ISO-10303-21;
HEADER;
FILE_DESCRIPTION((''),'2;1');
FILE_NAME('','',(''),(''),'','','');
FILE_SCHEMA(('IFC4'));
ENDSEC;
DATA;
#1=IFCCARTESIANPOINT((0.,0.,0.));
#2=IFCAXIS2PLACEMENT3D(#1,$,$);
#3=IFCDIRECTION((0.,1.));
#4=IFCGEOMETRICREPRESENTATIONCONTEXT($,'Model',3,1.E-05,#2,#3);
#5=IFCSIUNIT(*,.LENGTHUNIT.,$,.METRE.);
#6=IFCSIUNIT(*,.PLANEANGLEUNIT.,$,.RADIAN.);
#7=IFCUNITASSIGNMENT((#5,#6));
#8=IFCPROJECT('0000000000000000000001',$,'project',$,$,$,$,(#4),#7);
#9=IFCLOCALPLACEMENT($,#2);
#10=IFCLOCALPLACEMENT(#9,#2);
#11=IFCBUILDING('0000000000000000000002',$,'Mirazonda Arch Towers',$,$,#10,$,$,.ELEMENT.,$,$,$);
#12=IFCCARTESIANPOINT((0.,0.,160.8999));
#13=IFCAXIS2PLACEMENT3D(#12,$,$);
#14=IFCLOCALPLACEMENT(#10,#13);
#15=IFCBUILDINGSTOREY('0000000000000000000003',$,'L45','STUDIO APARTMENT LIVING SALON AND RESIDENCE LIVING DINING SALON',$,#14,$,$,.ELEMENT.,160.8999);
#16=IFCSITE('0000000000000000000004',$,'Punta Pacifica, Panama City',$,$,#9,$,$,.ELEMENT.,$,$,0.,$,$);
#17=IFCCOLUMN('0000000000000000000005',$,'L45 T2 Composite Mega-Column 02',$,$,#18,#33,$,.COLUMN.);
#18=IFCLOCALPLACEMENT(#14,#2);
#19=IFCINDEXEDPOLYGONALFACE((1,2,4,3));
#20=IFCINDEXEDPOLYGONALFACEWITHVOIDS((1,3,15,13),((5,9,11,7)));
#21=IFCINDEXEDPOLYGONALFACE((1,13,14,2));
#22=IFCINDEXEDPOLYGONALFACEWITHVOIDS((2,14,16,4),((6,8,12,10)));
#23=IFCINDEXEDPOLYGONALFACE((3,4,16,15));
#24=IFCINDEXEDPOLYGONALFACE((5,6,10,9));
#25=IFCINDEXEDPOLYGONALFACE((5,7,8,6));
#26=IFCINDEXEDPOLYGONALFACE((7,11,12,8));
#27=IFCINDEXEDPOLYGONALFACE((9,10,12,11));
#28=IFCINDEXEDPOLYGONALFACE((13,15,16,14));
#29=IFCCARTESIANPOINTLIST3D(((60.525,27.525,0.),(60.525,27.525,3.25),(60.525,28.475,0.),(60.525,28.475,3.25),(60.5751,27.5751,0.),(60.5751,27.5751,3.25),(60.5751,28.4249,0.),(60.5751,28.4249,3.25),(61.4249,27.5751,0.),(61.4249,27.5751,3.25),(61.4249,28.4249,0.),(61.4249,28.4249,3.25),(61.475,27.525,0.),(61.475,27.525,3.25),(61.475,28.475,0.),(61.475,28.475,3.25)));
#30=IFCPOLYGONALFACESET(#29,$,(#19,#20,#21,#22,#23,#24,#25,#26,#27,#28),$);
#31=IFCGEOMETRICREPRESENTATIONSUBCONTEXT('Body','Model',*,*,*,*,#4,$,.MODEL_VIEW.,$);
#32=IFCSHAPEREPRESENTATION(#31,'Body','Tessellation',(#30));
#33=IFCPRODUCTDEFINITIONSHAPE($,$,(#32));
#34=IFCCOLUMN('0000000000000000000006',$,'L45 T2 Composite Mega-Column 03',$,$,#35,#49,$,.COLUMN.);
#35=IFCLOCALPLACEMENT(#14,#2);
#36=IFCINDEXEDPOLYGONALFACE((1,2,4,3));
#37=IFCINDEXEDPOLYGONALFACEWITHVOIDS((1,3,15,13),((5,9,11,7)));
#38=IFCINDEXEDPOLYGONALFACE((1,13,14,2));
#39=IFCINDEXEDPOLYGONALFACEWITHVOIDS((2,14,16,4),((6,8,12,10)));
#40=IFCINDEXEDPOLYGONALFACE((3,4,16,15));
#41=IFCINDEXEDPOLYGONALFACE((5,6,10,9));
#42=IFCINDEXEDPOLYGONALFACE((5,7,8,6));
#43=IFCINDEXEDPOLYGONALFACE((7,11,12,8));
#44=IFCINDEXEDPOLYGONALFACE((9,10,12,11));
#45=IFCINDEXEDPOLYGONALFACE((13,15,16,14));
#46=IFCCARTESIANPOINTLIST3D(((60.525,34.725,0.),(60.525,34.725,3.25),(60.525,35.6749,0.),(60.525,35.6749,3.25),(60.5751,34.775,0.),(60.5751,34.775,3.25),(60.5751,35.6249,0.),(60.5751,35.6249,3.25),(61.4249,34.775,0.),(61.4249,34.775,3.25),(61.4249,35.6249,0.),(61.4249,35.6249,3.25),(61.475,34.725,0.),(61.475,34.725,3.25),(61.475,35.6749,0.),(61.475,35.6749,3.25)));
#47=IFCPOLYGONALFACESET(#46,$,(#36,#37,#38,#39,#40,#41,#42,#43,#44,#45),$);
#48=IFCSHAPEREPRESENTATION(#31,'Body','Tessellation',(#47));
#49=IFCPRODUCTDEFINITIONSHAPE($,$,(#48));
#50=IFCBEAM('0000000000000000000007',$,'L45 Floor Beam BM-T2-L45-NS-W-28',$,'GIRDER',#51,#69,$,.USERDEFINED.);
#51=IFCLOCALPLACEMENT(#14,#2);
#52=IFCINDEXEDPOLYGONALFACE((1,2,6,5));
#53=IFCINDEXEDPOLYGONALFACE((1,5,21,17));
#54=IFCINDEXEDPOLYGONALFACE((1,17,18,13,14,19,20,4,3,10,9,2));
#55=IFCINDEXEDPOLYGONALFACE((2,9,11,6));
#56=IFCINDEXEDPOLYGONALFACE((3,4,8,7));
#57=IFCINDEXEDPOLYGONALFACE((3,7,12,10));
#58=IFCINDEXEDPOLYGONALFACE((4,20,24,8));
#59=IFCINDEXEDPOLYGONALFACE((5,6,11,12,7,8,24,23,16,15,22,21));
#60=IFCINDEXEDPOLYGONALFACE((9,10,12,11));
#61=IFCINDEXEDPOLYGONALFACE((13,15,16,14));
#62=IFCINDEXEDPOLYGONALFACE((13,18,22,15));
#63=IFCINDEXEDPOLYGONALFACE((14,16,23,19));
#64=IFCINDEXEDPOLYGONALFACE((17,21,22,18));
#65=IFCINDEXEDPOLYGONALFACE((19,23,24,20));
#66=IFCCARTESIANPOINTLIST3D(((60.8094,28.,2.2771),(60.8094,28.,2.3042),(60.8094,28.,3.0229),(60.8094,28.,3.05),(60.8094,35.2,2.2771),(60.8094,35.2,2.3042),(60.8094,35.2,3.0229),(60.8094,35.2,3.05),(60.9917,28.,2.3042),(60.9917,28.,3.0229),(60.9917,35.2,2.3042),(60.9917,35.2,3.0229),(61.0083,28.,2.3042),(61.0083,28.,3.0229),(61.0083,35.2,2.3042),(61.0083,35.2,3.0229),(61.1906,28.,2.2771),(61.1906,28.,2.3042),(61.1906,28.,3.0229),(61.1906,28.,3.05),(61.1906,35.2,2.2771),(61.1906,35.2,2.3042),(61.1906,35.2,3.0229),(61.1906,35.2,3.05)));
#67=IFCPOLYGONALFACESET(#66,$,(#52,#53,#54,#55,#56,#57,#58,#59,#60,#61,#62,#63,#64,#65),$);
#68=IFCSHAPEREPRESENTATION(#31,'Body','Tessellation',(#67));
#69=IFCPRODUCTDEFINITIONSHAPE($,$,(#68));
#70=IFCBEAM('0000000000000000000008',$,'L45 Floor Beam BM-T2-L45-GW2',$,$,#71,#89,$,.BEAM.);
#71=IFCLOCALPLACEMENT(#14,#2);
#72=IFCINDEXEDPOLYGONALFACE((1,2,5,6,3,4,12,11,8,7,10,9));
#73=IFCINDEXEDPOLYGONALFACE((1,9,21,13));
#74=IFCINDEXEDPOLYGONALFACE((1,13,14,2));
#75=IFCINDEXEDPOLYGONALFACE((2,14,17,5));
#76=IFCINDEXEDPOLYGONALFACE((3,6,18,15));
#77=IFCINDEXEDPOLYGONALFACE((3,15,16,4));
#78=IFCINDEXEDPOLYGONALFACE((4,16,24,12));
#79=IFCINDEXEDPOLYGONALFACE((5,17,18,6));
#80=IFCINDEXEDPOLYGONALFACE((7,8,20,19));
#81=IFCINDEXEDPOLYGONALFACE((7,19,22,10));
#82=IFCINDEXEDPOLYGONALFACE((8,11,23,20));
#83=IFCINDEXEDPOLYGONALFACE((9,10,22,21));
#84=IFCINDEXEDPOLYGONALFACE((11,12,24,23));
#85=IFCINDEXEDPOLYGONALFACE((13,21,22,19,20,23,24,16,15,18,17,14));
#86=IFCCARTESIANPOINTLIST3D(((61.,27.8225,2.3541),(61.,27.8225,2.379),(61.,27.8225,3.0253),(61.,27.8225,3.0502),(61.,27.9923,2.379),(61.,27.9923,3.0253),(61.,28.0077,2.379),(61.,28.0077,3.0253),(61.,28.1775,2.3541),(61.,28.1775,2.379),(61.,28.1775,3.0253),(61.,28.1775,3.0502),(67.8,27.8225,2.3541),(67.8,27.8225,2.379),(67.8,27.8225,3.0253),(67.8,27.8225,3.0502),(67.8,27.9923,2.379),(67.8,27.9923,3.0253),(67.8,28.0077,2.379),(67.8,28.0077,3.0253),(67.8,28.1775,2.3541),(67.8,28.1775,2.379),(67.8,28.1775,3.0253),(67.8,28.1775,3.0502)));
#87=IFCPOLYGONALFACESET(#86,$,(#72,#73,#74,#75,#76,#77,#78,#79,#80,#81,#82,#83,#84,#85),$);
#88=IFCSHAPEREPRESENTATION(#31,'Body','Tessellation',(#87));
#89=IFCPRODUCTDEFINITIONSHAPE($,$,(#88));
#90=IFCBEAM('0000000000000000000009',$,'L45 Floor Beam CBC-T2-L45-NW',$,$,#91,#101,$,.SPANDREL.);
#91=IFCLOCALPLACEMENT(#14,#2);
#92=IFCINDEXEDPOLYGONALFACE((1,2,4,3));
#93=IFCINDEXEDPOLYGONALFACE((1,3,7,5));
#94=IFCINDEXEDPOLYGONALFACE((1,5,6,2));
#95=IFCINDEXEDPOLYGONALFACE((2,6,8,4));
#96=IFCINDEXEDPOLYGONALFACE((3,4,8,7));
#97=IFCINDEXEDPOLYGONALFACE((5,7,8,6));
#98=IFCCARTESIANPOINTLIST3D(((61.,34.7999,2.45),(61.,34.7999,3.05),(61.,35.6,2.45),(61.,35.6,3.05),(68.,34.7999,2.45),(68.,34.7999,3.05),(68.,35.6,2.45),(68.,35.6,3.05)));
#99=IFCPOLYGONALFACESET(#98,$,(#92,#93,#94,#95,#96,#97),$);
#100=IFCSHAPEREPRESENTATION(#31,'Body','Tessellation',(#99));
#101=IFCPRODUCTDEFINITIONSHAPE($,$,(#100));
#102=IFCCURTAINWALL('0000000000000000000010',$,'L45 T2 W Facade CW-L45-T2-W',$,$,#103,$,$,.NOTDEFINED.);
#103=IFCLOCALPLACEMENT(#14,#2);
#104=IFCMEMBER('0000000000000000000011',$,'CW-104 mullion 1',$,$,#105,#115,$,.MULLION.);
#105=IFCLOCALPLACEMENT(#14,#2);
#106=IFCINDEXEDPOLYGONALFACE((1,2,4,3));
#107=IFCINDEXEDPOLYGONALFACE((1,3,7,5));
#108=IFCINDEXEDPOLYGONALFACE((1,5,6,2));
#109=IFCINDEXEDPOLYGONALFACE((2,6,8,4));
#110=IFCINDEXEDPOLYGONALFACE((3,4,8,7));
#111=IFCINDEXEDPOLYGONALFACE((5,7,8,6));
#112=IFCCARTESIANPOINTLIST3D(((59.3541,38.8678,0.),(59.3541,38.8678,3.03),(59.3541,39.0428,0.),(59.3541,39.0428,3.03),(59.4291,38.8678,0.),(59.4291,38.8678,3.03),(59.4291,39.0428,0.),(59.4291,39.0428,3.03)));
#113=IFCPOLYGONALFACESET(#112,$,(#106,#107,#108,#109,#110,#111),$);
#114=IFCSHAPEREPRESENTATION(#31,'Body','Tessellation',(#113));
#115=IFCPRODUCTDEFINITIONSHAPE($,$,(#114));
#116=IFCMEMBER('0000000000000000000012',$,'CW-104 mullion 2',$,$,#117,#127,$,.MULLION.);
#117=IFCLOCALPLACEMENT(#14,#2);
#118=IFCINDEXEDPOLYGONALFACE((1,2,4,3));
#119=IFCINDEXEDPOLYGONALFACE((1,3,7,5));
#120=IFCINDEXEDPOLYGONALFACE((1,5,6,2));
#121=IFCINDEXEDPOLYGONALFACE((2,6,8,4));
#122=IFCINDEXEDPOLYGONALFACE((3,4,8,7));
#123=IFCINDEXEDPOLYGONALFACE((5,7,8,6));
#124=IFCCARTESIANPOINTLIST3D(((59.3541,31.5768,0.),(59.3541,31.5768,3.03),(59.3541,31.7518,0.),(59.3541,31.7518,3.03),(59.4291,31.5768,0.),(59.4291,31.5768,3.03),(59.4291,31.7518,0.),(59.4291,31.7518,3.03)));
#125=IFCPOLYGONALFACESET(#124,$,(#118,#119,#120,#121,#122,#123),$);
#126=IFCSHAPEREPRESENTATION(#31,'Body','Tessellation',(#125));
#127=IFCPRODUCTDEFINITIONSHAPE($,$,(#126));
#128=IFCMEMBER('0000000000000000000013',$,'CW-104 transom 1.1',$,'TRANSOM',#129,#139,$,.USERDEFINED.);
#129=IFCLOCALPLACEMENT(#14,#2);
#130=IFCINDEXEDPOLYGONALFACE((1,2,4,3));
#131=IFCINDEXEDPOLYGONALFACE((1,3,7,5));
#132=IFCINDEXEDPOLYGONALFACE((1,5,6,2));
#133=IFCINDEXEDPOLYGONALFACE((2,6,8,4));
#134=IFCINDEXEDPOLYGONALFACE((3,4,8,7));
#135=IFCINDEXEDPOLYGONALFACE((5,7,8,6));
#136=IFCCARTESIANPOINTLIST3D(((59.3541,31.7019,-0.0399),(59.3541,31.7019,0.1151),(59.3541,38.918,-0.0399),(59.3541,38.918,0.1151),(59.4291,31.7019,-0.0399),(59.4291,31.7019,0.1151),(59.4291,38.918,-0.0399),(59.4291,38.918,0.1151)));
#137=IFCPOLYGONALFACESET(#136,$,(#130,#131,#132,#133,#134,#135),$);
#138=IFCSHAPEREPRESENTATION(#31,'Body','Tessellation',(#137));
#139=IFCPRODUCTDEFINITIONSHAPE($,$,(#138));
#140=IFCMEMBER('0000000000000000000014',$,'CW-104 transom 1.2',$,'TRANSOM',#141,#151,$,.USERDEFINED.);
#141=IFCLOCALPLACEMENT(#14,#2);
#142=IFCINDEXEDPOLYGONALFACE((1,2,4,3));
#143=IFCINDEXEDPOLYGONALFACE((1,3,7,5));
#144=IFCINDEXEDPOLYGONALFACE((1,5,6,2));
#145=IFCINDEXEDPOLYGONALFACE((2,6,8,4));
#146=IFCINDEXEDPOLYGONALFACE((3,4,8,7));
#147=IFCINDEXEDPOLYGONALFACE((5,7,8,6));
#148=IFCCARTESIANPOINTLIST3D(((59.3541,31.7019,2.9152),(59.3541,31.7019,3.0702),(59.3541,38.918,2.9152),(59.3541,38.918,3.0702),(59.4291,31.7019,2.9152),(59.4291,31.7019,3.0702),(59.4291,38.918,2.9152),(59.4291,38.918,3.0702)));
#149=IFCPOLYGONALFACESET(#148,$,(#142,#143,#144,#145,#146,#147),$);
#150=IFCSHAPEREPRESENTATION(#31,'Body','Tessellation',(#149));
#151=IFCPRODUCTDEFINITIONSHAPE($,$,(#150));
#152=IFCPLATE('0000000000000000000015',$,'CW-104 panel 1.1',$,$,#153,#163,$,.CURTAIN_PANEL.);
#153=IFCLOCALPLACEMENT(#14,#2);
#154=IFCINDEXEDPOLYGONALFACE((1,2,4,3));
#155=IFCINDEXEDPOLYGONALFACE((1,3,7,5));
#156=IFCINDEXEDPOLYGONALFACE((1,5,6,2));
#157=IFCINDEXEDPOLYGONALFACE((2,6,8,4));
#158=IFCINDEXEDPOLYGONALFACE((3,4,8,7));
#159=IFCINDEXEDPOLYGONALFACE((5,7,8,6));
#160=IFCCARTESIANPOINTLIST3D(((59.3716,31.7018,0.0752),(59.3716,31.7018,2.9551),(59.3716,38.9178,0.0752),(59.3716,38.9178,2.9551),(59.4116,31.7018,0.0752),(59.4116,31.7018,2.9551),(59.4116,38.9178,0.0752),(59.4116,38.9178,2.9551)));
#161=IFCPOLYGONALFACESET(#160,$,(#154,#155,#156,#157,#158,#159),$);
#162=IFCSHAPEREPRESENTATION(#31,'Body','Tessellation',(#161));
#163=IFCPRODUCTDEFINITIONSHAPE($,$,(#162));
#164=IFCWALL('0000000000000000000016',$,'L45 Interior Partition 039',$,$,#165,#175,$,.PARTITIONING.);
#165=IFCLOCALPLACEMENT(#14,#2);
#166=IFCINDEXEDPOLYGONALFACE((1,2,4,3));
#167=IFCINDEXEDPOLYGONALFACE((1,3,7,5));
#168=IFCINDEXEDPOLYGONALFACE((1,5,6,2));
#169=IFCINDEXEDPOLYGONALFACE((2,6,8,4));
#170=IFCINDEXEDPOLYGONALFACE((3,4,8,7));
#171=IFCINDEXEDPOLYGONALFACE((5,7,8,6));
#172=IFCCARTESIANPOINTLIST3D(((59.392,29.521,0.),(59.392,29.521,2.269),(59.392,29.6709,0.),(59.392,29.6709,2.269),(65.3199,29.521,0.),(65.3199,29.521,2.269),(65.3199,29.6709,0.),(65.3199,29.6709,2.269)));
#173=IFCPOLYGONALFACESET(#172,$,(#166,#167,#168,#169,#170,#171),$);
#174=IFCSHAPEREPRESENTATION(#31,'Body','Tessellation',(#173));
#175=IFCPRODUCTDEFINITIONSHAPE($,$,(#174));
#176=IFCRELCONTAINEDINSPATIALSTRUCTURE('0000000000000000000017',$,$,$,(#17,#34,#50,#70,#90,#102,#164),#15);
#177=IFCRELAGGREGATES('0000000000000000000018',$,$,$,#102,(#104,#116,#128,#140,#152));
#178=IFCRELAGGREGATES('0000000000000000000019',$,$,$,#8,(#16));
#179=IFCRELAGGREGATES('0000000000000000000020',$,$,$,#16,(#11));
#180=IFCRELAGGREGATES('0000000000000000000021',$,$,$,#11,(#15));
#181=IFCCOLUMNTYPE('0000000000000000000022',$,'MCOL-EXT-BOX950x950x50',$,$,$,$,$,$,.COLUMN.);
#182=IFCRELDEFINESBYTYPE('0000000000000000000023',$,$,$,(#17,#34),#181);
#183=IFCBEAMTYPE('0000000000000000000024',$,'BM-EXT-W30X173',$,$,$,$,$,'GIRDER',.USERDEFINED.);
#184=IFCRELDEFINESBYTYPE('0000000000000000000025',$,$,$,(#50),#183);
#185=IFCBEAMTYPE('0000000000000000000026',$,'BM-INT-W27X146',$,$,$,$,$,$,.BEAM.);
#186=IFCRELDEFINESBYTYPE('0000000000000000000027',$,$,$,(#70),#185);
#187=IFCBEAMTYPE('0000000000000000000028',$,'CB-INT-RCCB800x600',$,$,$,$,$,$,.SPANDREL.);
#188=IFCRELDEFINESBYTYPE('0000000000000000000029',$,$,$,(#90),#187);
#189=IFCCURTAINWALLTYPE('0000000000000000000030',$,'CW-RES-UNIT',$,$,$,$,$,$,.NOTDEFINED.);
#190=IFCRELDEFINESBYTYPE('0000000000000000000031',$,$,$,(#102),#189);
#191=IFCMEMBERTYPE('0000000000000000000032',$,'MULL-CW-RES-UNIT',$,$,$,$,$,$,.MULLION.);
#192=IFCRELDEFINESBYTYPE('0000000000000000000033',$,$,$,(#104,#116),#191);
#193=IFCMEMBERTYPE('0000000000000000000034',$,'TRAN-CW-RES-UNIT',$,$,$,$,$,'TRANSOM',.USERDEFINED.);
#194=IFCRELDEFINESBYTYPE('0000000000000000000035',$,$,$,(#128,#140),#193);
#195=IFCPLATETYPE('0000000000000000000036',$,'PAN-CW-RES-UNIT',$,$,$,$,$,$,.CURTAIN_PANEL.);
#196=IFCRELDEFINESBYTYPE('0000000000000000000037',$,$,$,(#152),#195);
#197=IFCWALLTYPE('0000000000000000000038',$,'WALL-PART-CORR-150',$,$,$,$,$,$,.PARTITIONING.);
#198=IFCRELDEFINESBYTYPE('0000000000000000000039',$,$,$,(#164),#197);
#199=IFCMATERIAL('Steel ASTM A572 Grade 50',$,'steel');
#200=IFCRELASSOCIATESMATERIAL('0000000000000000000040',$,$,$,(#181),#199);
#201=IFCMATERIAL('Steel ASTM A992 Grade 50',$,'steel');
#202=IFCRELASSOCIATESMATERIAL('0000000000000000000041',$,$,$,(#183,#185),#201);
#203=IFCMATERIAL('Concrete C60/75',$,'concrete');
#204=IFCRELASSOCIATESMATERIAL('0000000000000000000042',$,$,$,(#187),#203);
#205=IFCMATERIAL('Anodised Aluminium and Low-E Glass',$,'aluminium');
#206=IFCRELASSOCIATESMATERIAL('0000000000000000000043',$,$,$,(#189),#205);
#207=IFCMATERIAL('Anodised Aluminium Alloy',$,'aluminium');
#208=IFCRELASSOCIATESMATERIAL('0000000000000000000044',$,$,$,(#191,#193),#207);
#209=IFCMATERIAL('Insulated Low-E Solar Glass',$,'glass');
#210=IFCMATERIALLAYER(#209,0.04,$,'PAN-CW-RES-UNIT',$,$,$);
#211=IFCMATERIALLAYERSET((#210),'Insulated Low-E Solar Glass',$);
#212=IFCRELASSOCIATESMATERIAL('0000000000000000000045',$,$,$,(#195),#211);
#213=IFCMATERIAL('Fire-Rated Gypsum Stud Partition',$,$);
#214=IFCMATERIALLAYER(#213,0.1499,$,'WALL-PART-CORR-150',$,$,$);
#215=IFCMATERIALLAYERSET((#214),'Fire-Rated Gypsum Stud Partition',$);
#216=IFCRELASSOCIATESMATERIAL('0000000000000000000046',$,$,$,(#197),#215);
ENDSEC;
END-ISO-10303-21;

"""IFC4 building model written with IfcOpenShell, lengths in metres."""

from ifc_helpers import new_model, si_unit, direction, frame, frame_2d, origin, origin_2d, place, context, subcontext, project, spatial, rectangle, hollow_rectangle, i_section, extrude, material, layer, layer_set, material_profile, profile_set, type_object, element, aggregate, save


model = new_model("IFC4")

# Units and contexts
model_context = context("Model", 3, precision=1e-05, world=origin(), true_north=direction((0.0, 1.0)))
body_context = subcontext(model_context, "Body", "Model", "MODEL_VIEW")
ifc_project = project(units=[si_unit("LENGTHUNIT", "METRE"), si_unit("PLANEANGLEUNIT", "RADIAN")], contexts=[model_context])

# Site, building, storey
site_placement = place(None, origin())
site = spatial("IfcSite", under=ifc_project, at=site_placement, Name="Punta Pacifica, Panama City", CompositionType="ELEMENT", RefElevation=0.0)
building_placement = place(site_placement, origin())
building = spatial("IfcBuilding", under=site, at=building_placement, Name="Mirazonda Arch Towers", CompositionType="ELEMENT")
storey_placement = place(building_placement, frame((0.0, 0.0, 160.8999)))
storey = spatial("IfcBuildingStorey", under=building, at=storey_placement, Name="L45", Description="STUDIO APARTMENT LIVING SALON AND RESIDENCE LIVING DINING SALON", CompositionType="ELEMENT", Elevation=160.8999)

# Columns
ifc_material_1 = material(Name="Steel ASTM A572 Grade 50", Category="steel")
ifc_material_profile_1 = material_profile(ifc_material_1, hollow_rectangle(XDim=0.95, YDim=0.95, WallThickness=0.05, at=origin_2d()), Name="BOX950x950x50")
ifc_profile_set_1 = profile_set([ifc_material_profile_1], Name="Steel ASTM A572 Grade 50")
column_type = type_object("IfcColumnType", Name="MCOL-EXT-BOX950x950x50", PredefinedType="COLUMN", material=ifc_profile_set_1)
for number, where, z_axis, x_axis, name in (
    (1, (61.0, 28.0, 0.0), (0.0, 0.0, 1.0), (1.0, 0.0, 0.0), "L45 T2 Composite Mega-Column 02"),
    (2, (61.0, 35.2, 0.0), (0.0, 0.0, 1.0), (1.0, 0.0, 0.0), "L45 T2 Composite Mega-Column 03"),
):
    element("IfcColumn", number, at=place(storey_placement, frame(where, z_axis=z_axis, x_axis=x_axis)), inside=storey, type_object=column_type, Name=name, PredefinedType="COLUMN", context=body_context, shape_type="SweptSolid", body=[
        extrude(hollow_rectangle(XDim=0.95, YDim=0.95, WallThickness=0.05, at=origin_2d()), origin(), (0.0, 0.0, 1.0), 3.25),
    ])

# Beams
ifc_material_2 = material(Name="Steel ASTM A992 Grade 50", Category="steel")
ifc_material_profile_2 = material_profile(ifc_material_2, i_section(OverallWidth=0.3811, OverallDepth=0.7729, WebThickness=0.0166, FlangeThickness=0.0271, at=origin_2d()), Name="W30X173")
ifc_profile_set_2 = profile_set([ifc_material_profile_2], Name="Steel ASTM A992 Grade 50")
beam_type_1 = type_object("IfcBeamType", Name="BM-EXT-W30X173", ElementType="GIRDER", PredefinedType="USERDEFINED", material=ifc_profile_set_2)
beam_1_placement = place(storey_placement, frame((61.0, 28.0, 2.6636), z_axis=(0.0, 1.0, 0.0), x_axis=(-1.0, 0.0, 0.0)))
element("IfcBeam", 3, at=beam_1_placement, inside=storey, type_object=beam_type_1, Name="L45 Floor Beam BM-T2-L45-NS-W-28", ObjectType="GIRDER", PredefinedType="USERDEFINED", context=body_context, shape_type="SweptSolid", body=[
    extrude(i_section(OverallWidth=0.3811, OverallDepth=0.7729, WebThickness=0.0166, FlangeThickness=0.0271, at=origin_2d()), origin(), (0.0, 0.0, 1.0), 7.2),
])
ifc_material_profile_3 = material_profile(ifc_material_2, i_section(OverallWidth=0.355, OverallDepth=0.696, WebThickness=0.0154, FlangeThickness=0.0249, at=origin_2d()), Name="W27X146")
ifc_profile_set_3 = profile_set([ifc_material_profile_3], Name="Steel ASTM A992 Grade 50")
beam_type_2 = type_object("IfcBeamType", Name="BM-INT-W27X146", PredefinedType="BEAM", material=ifc_profile_set_3)
beam_2_placement = place(storey_placement, frame((61.0, 28.0, 2.7021), z_axis=(1.0, 0.0, 0.0), x_axis=(0.0, 1.0, 0.0)))
element("IfcBeam", 4, at=beam_2_placement, inside=storey, type_object=beam_type_2, Name="L45 Floor Beam BM-T2-L45-GW2", PredefinedType="BEAM", context=body_context, shape_type="SweptSolid", body=[
    extrude(i_section(OverallWidth=0.355, OverallDepth=0.696, WebThickness=0.0154, FlangeThickness=0.0249, at=origin_2d()), origin(), (0.0, 0.0, 1.0), 6.8),
])
ifc_material_3 = material(Name="Concrete C60/75", Category="concrete")
ifc_material_profile_4 = material_profile(ifc_material_3, rectangle(XDim=0.8, YDim=0.6001, at=origin_2d()), Name="RCCB800x600")
ifc_profile_set_4 = profile_set([ifc_material_profile_4], Name="Concrete C60/75")
beam_type_3 = type_object("IfcBeamType", Name="CB-INT-RCCB800x600", PredefinedType="SPANDREL", material=ifc_profile_set_4)
beam_3_placement = place(storey_placement, frame((61.0, 35.2, 2.75), z_axis=(1.0, 0.0, 0.0), x_axis=(0.0, 1.0, 0.0)))
element("IfcBeam", 5, at=beam_3_placement, inside=storey, type_object=beam_type_3, Name="L45 Floor Beam CBC-T2-L45-NW", PredefinedType="SPANDREL", context=body_context, shape_type="SweptSolid", body=[
    extrude(rectangle(XDim=0.8, YDim=0.6001, at=origin_2d()), origin(), (0.0, 0.0, 1.0), 7.0),
])

# Curtain wall, members, plate
ifc_material_4 = material(Name="Anodised Aluminium and Low-E Glass", Category="aluminium")
curtain_wall_type = type_object("IfcCurtainWallType", Name="CW-RES-UNIT", PredefinedType="NOTDEFINED", material=ifc_material_4)
curtain_wall_placement = place(storey_placement, origin())
curtain_wall = element("IfcCurtainWall", 6, at=curtain_wall_placement, inside=storey, type_object=curtain_wall_type, Name="L45 T2 W Facade CW-L45-T2-W", PredefinedType="NOTDEFINED")
ifc_material_5 = material(Name="Anodised Aluminium Alloy", Category="aluminium")
ifc_material_profile_5 = material_profile(ifc_material_5, rectangle(XDim=0.075, YDim=0.175, at=origin_2d()), Name="ALU-MULL-75x175")
ifc_profile_set_5 = profile_set([ifc_material_profile_5], Name="Anodised Aluminium Alloy")
member_type_1 = type_object("IfcMemberType", Name="MULL-CW-RES-UNIT", PredefinedType="MULLION", material=ifc_profile_set_5)
member_1_placement = place(storey_placement, frame((59.3916, 38.9553, 0.0), z_axis=(0.0, 0.0, 1.0), x_axis=(1.0, 0.0, 0.0)))
member_1 = element("IfcMember", 7, at=member_1_placement, type_object=member_type_1, Name="CW-104 mullion 1", PredefinedType="MULLION", context=body_context, shape_type="SweptSolid", body=[
    extrude(rectangle(XDim=0.075, YDim=0.175, at=origin_2d()), origin(), (0.0, 0.0, 1.0), 3.03),
])
member_2_placement = place(storey_placement, frame((59.3916, 31.6643, 0.0), z_axis=(0.0, 0.0, 1.0), x_axis=(1.0, 0.0, 0.0)))
member_2 = element("IfcMember", 8, at=member_2_placement, type_object=member_type_1, Name="CW-104 mullion 2", PredefinedType="MULLION", context=body_context, shape_type="SweptSolid", body=[
    extrude(rectangle(XDim=0.075, YDim=0.175, at=origin_2d()), origin(), (0.0, 0.0, 1.0), 3.03),
])
ifc_material_profile_6 = material_profile(ifc_material_5, rectangle(XDim=0.075, YDim=0.155, at=origin_2d()), Name="ALU-TRAN-75x155")
ifc_profile_set_6 = profile_set([ifc_material_profile_6], Name="Anodised Aluminium Alloy")
member_type_2 = type_object("IfcMemberType", Name="TRAN-CW-RES-UNIT", ElementType="TRANSOM", PredefinedType="USERDEFINED", material=ifc_profile_set_6)
member_3_placement = place(storey_placement, frame((59.3916, 38.918, 0.0376), z_axis=(0.0, -1.0, 0.0), x_axis=(1.0, 0.0, 0.0)))
member_3 = element("IfcMember", 9, at=member_3_placement, type_object=member_type_2, Name="CW-104 transom 1.1", ObjectType="TRANSOM", PredefinedType="USERDEFINED", context=body_context, shape_type="SweptSolid", body=[
    extrude(rectangle(XDim=0.075, YDim=0.155, at=origin_2d()), origin(), (0.0, 0.0, 1.0), 7.2161),
])
member_4_placement = place(storey_placement, frame((59.3916, 38.918, 2.9927), z_axis=(0.0, -1.0, 0.0), x_axis=(1.0, 0.0, 0.0)))
member_4 = element("IfcMember", 10, at=member_4_placement, type_object=member_type_2, Name="CW-104 transom 1.2", ObjectType="TRANSOM", PredefinedType="USERDEFINED", context=body_context, shape_type="SweptSolid", body=[
    extrude(rectangle(XDim=0.075, YDim=0.155, at=origin_2d()), origin(), (0.0, 0.0, 1.0), 7.2161),
])
ifc_material_6 = material(Name="Insulated Low-E Solar Glass", Category="glass")
ifc_layer_1 = layer(ifc_material_6, 0.04, Name="PAN-CW-RES-UNIT")
ifc_layer_set_1 = layer_set([ifc_layer_1], Name="Insulated Low-E Solar Glass")
plate_type = type_object("IfcPlateType", Name="PAN-CW-RES-UNIT", PredefinedType="CURTAIN_PANEL", material=ifc_layer_set_1)
plate_placement = place(storey_placement, frame((59.3916, 35.3098, 0.0752), z_axis=(0.0, 0.0, 1.0), x_axis=(0.0, -1.0, 0.0)))
plate = element("IfcPlate", 11, at=plate_placement, type_object=plate_type, Name="CW-104 panel 1.1", PredefinedType="CURTAIN_PANEL", context=body_context, shape_type="SweptSolid", body=[
    extrude(rectangle(XDim=7.2161, YDim=0.04, at=origin_2d()), origin(), (0.0, 0.0, 1.0), 2.8799),
])
aggregate(curtain_wall, [member_1, member_2, member_3, member_4, plate])

# Shared definitions
ifc_material_7 = material(Name="Fire-Rated Gypsum Stud Partition")
ifc_layer_2 = layer(ifc_material_7, 0.1499, Name="WALL-PART-CORR-150")
ifc_layer_set_2 = layer_set([ifc_layer_2], Name="Fire-Rated Gypsum Stud Partition")
wall_type_1 = type_object("IfcWallType", Name="WALL-PART-CORR-150", PredefinedType="PARTITIONING", material=ifc_layer_set_2)

# Wall
wall_1_placement = place(storey_placement, frame((59.3921, 29.5959, 0.0), z_axis=(0.0, 0.0, 1.0), x_axis=(1.0, 0.0, 0.0)))
element("IfcWall", 12, at=wall_1_placement, inside=storey, type_object=wall_type_1, Name="L45 Interior Partition 039", PredefinedType="PARTITIONING", context=body_context, shape_type="SweptSolid", body=[
    extrude(rectangle(XDim=5.928, YDim=0.1499, at=frame_2d((2.9639, 0.0))), origin(), (0.0, 0.0, 1.0), 2.269),
])

save(model, "model.ifc")
